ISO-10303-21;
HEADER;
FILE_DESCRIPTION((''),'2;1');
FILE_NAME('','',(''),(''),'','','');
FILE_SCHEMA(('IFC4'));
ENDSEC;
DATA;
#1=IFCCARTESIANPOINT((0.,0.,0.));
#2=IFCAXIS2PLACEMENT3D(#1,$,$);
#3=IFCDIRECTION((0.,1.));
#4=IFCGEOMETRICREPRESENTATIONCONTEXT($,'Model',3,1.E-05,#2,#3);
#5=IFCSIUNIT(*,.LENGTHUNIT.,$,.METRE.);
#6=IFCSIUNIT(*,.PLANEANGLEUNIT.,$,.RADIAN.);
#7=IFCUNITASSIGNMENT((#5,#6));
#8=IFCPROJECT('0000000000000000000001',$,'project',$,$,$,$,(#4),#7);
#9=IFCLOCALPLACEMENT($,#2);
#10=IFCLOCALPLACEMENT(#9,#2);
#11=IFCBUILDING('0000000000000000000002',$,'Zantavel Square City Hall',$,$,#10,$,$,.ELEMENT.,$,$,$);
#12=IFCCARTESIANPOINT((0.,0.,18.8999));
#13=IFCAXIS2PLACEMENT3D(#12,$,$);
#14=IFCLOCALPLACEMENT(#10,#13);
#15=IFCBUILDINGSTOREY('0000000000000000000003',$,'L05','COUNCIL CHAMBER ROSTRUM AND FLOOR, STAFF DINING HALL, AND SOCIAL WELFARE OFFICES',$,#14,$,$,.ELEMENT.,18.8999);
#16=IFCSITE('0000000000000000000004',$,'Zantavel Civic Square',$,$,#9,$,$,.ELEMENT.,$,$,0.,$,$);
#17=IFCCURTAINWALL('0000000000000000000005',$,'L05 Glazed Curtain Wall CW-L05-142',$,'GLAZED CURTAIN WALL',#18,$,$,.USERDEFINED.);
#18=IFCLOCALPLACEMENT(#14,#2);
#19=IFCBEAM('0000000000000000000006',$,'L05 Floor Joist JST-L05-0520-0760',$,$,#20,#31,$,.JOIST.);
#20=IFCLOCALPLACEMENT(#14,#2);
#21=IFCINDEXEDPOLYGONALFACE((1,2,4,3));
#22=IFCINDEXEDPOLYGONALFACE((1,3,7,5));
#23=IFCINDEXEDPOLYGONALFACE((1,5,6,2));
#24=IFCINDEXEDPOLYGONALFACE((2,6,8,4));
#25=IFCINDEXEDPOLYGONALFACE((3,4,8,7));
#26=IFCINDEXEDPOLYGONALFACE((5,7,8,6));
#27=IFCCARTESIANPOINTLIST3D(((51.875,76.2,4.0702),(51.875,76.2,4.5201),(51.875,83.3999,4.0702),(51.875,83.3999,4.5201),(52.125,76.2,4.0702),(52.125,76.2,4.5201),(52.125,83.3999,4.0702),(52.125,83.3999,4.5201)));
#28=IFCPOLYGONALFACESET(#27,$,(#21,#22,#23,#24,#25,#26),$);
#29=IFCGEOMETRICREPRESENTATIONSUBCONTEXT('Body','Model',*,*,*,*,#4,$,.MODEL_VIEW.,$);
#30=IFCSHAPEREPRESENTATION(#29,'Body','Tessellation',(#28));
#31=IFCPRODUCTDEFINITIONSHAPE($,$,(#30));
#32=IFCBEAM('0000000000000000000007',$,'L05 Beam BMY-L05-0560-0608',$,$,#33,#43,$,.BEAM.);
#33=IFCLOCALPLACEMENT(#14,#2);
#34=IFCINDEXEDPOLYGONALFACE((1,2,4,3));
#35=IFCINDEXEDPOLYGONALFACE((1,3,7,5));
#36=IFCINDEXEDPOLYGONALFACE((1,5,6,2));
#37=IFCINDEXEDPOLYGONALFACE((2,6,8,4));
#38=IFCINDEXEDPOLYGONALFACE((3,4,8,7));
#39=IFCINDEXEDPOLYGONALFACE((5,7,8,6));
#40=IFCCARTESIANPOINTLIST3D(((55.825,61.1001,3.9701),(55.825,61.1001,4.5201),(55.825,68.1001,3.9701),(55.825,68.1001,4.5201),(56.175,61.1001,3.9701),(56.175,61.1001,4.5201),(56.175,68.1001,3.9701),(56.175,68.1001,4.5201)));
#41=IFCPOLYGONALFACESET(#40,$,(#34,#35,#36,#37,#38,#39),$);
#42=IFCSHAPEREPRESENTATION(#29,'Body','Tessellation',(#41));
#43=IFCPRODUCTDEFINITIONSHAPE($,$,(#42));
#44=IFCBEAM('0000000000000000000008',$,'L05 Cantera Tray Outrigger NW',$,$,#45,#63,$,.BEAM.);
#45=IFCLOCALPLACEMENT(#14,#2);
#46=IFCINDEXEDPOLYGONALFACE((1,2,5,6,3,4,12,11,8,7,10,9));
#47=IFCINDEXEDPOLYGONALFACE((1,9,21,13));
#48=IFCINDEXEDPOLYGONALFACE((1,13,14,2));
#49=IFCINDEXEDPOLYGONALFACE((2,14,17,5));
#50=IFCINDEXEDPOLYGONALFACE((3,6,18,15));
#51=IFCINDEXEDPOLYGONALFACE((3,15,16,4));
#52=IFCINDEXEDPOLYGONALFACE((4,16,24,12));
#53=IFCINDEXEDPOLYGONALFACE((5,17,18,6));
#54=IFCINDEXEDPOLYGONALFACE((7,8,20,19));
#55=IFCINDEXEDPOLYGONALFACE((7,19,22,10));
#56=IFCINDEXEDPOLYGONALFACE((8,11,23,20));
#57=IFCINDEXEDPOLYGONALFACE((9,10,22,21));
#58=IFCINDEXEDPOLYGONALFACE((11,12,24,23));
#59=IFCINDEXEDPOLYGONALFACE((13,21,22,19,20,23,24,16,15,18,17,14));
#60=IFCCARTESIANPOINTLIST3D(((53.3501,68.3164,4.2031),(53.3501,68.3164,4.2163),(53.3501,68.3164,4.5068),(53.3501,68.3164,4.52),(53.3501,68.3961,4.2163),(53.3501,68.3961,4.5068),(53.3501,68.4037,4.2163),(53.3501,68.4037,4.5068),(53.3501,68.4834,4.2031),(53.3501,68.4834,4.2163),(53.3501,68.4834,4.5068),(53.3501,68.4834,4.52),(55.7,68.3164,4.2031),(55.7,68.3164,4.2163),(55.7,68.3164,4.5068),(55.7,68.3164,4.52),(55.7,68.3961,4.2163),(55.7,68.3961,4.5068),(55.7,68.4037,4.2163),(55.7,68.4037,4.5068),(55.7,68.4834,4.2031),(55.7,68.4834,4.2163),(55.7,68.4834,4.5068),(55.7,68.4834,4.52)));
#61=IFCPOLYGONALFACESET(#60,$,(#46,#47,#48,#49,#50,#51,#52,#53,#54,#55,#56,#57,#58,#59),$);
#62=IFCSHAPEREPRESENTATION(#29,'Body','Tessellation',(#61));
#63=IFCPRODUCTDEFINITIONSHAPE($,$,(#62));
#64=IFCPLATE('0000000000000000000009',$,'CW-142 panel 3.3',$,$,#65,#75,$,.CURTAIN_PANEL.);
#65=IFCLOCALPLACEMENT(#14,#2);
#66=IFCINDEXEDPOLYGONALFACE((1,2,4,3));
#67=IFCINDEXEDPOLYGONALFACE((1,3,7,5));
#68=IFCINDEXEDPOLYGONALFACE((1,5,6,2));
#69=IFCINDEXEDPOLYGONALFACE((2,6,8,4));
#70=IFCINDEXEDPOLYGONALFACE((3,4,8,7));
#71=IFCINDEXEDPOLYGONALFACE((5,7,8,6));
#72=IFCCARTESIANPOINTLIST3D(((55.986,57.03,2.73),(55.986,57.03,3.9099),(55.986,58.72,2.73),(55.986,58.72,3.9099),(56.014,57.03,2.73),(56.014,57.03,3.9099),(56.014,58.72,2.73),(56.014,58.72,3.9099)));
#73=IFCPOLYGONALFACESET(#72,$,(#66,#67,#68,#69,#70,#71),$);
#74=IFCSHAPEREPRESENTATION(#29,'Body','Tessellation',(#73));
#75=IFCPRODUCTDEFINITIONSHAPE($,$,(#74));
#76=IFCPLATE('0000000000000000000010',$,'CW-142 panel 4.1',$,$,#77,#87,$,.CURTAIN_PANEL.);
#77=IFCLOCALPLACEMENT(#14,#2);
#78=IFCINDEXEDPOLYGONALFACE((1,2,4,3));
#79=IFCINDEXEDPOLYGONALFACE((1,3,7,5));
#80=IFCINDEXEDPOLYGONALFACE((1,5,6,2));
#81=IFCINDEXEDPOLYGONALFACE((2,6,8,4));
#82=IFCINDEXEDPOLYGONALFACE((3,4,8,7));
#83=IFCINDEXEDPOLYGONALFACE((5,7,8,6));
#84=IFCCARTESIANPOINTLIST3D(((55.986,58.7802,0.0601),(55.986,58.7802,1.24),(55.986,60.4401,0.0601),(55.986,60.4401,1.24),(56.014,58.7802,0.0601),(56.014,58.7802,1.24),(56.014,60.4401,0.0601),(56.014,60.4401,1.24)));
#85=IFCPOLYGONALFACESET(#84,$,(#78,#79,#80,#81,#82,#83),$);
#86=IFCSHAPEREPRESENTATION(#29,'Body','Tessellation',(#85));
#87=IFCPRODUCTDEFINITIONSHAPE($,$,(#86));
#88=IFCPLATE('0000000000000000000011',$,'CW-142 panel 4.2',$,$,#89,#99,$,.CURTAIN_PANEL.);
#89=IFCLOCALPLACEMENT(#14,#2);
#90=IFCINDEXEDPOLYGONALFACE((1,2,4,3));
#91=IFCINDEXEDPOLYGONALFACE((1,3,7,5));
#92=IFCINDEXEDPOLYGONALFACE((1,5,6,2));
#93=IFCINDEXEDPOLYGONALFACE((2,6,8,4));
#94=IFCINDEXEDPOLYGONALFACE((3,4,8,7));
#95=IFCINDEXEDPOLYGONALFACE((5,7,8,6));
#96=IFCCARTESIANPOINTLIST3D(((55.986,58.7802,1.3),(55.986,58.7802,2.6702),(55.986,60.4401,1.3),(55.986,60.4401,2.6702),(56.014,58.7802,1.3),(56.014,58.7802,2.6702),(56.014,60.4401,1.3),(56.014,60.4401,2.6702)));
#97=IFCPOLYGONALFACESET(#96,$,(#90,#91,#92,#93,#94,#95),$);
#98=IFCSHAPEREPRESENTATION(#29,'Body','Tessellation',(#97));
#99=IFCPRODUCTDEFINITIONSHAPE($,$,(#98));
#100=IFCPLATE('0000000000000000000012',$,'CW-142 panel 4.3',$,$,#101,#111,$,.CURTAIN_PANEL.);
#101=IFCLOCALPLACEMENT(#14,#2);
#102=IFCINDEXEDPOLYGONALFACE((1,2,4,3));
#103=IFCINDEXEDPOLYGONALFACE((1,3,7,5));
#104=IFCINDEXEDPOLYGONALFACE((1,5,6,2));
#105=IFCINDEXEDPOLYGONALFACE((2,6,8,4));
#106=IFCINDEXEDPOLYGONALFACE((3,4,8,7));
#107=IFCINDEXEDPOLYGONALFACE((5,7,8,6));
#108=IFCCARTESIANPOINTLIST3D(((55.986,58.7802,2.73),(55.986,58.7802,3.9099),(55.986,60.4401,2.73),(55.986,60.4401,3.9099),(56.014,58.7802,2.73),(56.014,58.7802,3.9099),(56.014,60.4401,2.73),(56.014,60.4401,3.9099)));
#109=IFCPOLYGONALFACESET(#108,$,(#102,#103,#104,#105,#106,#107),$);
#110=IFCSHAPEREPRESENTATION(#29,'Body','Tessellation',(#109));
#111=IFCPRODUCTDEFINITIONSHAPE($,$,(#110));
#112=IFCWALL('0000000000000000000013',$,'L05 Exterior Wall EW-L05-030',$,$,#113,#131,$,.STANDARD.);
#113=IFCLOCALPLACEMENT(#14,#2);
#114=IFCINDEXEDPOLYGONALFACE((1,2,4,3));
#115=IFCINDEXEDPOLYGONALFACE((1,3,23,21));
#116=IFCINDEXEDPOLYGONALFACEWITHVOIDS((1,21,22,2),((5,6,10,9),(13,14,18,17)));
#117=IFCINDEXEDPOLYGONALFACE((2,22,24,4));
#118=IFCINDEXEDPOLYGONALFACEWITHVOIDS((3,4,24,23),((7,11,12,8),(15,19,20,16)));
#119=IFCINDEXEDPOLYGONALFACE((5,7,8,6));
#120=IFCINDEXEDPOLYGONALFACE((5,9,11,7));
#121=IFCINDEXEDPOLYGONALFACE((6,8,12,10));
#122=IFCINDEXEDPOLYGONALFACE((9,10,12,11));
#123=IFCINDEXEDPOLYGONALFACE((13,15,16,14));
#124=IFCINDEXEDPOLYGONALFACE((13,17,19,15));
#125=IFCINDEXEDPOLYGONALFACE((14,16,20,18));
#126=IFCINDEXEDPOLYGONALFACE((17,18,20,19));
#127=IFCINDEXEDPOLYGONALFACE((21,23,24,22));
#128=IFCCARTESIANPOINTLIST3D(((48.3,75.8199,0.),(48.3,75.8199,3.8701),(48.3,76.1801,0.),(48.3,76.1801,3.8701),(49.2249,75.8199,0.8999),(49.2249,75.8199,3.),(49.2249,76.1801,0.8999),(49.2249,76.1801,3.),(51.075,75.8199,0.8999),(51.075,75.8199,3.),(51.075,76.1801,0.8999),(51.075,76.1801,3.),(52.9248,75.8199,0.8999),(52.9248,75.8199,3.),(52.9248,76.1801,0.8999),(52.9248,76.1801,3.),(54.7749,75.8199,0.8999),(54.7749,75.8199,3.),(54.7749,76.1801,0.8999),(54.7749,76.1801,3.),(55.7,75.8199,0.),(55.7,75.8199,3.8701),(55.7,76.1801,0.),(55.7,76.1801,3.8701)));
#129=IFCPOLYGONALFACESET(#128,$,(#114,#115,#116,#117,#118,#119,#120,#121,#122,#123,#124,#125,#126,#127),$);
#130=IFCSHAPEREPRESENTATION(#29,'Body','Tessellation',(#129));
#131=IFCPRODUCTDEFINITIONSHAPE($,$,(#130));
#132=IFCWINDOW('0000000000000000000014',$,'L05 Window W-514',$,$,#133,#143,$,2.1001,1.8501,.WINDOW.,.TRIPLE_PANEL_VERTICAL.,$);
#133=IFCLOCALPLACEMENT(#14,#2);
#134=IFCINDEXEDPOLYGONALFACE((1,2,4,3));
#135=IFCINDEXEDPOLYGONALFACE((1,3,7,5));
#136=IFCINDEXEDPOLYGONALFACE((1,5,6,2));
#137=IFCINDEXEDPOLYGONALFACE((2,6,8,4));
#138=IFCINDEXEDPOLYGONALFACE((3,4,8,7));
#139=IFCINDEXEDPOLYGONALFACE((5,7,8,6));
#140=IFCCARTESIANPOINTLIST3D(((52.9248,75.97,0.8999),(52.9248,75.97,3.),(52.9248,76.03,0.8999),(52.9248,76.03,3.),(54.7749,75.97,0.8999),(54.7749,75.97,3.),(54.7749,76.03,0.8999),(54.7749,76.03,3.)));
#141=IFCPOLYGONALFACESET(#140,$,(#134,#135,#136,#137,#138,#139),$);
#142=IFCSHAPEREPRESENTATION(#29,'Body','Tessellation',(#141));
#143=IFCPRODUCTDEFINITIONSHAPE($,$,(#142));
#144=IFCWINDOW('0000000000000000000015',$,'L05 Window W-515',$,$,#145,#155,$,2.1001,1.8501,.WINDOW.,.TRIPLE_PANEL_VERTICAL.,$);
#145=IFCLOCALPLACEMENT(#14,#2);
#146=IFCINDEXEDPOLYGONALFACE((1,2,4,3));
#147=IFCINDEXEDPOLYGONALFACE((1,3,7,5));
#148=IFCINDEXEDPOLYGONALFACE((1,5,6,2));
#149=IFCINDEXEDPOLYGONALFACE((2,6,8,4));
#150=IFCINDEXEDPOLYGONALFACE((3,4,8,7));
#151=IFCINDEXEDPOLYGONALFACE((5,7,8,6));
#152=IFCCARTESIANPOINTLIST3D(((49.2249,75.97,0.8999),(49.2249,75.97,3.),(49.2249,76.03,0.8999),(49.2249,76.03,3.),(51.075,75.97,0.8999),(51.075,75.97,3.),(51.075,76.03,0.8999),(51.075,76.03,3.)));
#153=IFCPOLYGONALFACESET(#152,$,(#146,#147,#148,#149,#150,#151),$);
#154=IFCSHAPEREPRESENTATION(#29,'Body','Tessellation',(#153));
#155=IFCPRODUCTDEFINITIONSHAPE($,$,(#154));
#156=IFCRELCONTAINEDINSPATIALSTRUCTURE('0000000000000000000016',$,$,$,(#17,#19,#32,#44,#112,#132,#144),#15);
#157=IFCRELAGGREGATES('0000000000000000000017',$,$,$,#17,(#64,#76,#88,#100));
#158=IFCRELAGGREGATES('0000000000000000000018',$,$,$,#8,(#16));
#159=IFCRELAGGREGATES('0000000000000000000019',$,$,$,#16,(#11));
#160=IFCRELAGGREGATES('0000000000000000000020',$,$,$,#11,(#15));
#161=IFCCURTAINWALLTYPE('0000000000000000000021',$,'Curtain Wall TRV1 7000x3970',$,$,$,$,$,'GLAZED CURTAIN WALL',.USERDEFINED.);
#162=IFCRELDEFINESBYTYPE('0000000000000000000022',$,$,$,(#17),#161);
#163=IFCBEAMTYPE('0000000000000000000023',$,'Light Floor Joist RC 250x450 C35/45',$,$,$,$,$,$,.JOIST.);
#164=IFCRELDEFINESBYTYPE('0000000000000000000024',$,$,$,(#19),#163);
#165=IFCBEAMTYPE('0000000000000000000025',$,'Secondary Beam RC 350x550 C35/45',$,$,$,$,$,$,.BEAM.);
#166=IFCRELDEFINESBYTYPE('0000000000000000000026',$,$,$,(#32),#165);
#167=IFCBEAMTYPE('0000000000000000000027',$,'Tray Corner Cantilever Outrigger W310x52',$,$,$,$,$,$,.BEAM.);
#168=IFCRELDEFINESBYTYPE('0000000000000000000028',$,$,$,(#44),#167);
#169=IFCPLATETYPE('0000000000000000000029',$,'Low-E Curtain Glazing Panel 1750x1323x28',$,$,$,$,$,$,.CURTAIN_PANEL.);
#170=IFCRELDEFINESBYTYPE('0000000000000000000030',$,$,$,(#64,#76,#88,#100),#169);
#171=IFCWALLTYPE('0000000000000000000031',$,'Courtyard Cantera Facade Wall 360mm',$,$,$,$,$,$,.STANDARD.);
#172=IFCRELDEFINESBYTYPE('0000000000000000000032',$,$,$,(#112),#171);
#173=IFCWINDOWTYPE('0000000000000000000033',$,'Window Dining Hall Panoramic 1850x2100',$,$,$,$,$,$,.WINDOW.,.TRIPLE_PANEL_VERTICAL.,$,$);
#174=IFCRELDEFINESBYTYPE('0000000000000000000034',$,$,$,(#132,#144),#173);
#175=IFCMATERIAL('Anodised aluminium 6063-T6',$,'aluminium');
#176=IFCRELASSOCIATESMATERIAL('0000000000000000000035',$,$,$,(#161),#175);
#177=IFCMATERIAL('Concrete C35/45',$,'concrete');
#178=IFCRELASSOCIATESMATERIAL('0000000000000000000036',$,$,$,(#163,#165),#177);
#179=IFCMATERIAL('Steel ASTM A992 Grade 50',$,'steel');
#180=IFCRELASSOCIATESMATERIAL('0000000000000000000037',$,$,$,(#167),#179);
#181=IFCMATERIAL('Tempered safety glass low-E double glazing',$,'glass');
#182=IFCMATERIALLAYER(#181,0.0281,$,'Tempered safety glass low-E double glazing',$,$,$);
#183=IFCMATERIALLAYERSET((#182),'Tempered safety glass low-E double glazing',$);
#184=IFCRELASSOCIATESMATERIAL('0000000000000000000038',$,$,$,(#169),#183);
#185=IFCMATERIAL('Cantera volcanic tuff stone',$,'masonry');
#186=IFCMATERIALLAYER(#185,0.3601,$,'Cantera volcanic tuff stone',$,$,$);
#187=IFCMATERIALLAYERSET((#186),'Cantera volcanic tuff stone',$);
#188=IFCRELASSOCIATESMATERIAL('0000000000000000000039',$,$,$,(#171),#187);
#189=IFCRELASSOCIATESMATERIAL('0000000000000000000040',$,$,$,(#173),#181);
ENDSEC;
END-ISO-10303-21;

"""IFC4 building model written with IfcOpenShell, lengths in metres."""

from ifc_helpers import new_model, si_unit, direction, frame, frame_2d, origin, origin_2d, place, context, subcontext, project, spatial, rectangle, i_section, extrude, material, layer, layer_set, material_profile, profile_set, type_object, element, fill, aggregate, save


model = new_model("IFC4")

# Units and contexts
model_context = context("Model", 3, precision=1e-05, world=origin(), true_north=direction((0.0, 1.0)))
body_context = subcontext(model_context, "Body", "Model", "MODEL_VIEW")
ifc_project = project(units=[si_unit("LENGTHUNIT", "METRE"), si_unit("PLANEANGLEUNIT", "RADIAN")], contexts=[model_context])

# Site, building, storey
site_placement = place(None, origin())
site = spatial("IfcSite", under=ifc_project, at=site_placement, Name="Zantavel Civic Square", CompositionType="ELEMENT", RefElevation=0.0)
building_placement = place(site_placement, origin())
building = spatial("IfcBuilding", under=site, at=building_placement, Name="Zantavel Square City Hall", CompositionType="ELEMENT")
storey_placement = place(building_placement, frame((0.0, 0.0, 18.8999)))
storey = spatial("IfcBuildingStorey", under=building, at=storey_placement, Name="L05", Description="COUNCIL CHAMBER ROSTRUM AND FLOOR, STAFF DINING HALL, AND SOCIAL WELFARE OFFICES", CompositionType="ELEMENT", Elevation=18.8999)

# Curtain wall
ifc_material_1 = material(Name="Anodised aluminium 6063-T6", Category="aluminium")
curtain_wall_type = type_object("IfcCurtainWallType", Name="Curtain Wall TRV1 7000x3970", ElementType="GLAZED CURTAIN WALL", PredefinedType="USERDEFINED", material=ifc_material_1)
curtain_wall_1_placement = place(storey_placement, origin())
curtain_wall_1 = element("IfcCurtainWall", 1, at=curtain_wall_1_placement, inside=storey, type_object=curtain_wall_type, Name="L05 Glazed Curtain Wall CW-L05-142", ObjectType="GLAZED CURTAIN WALL", PredefinedType="USERDEFINED")

# Beams
ifc_material_2 = material(Name="Concrete C35/45", Category="concrete")
ifc_material_profile_1 = material_profile(ifc_material_2, rectangle(XDim=0.25, YDim=0.45, at=origin_2d()), Name="RC 250x450")
ifc_profile_set_1 = profile_set([ifc_material_profile_1], Name="Concrete C35/45")
beam_type_1 = type_object("IfcBeamType", Name="Light Floor Joist RC 250x450 C35/45", PredefinedType="JOIST", material=ifc_profile_set_1)
beam_1_placement = place(storey_placement, frame((52.0, 76.2, 4.2952), z_axis=(0.0, 1.0, 0.0), x_axis=(-1.0, 0.0, 0.0)))
element("IfcBeam", 2, at=beam_1_placement, inside=storey, type_object=beam_type_1, Name="L05 Floor Joist JST-L05-0520-0760", PredefinedType="JOIST", context=body_context, shape_type="SweptSolid", body=[
    extrude(rectangle(XDim=0.25, YDim=0.45, at=origin_2d()), origin(), (0.0, 0.0, 1.0), 7.2),
])
ifc_material_profile_2 = material_profile(ifc_material_2, rectangle(XDim=0.3501, YDim=0.55, at=origin_2d()), Name="RC 350x550")
ifc_profile_set_2 = profile_set([ifc_material_profile_2], Name="Concrete C35/45")
beam_type_2 = type_object("IfcBeamType", Name="Secondary Beam RC 350x550 C35/45", PredefinedType="BEAM", material=ifc_profile_set_2)
beam_2_placement = place(storey_placement, frame((56.0, 61.1001, 4.2451), z_axis=(0.0, 1.0, 0.0), x_axis=(-1.0, 0.0, 0.0)))
element("IfcBeam", 3, at=beam_2_placement, inside=storey, type_object=beam_type_2, Name="L05 Beam BMY-L05-0560-0608", PredefinedType="BEAM", context=body_context, shape_type="SweptSolid", body=[
    extrude(rectangle(XDim=0.3501, YDim=0.55, at=origin_2d()), origin(), (0.0, 0.0, 1.0), 7.0),
])
ifc_material_3 = material(Name="Steel ASTM A992 Grade 50", Category="steel")
ifc_material_profile_3 = material_profile(ifc_material_3, i_section(OverallWidth=0.167, OverallDepth=0.3169, WebThickness=0.0076, FlangeThickness=0.0132, at=origin_2d()), Name="W310x52")
ifc_profile_set_3 = profile_set([ifc_material_profile_3], Name="Steel ASTM A992 Grade 50")
beam_type_3 = type_object("IfcBeamType", Name="Tray Corner Cantilever Outrigger W310x52", PredefinedType="BEAM", material=ifc_profile_set_3)
beam_3_placement = place(storey_placement, frame((55.7, 68.3999, 4.3616), z_axis=(-1.0, 0.0, 0.0), x_axis=(0.0, -1.0, 0.0)))
element("IfcBeam", 4, at=beam_3_placement, inside=storey, type_object=beam_type_3, Name="L05 Cantera Tray Outrigger NW", PredefinedType="BEAM", context=body_context, shape_type="SweptSolid", body=[
    extrude(i_section(OverallWidth=0.167, OverallDepth=0.3169, WebThickness=0.0076, FlangeThickness=0.0132, at=origin_2d()), origin(), (0.0, 0.0, 1.0), 2.3499),
])

# Plates
ifc_material_4 = material(Name="Tempered safety glass low-E double glazing", Category="glass")
ifc_layer_1 = layer(ifc_material_4, 0.0281, Name="Tempered safety glass low-E double glazing")
ifc_layer_set_1 = layer_set([ifc_layer_1], Name="Tempered safety glass low-E double glazing")
plate_type = type_object("IfcPlateType", Name="Low-E Curtain Glazing Panel 1750x1323x28", PredefinedType="CURTAIN_PANEL", material=ifc_layer_set_1)
plate_1_placement = place(storey_placement, frame((56.0, 57.875, 2.73), z_axis=(0.0, 0.0, 1.0), x_axis=(0.0, 1.0, 0.0)))
plate_1 = element("IfcPlate", 5, at=plate_1_placement, type_object=plate_type, Name="CW-142 panel 3.3", PredefinedType="CURTAIN_PANEL", context=body_context, shape_type="SweptSolid", body=[
    extrude(rectangle(XDim=1.6899, YDim=0.0281, at=origin_2d()), origin(), (0.0, 0.0, 1.0), 1.1799),
])
plate_2_placement = place(storey_placement, frame((56.0, 59.6101, 0.0601), z_axis=(0.0, 0.0, 1.0), x_axis=(0.0, 1.0, 0.0)))
plate_2 = element("IfcPlate", 6, at=plate_2_placement, type_object=plate_type, Name="CW-142 panel 4.1", PredefinedType="CURTAIN_PANEL", context=body_context, shape_type="SweptSolid", body=[
    extrude(rectangle(XDim=1.6599, YDim=0.0281, at=origin_2d()), origin(), (0.0, 0.0, 1.0), 1.1799),
])
plate_3_placement = place(storey_placement, frame((56.0, 59.6101, 1.3), z_axis=(0.0, 0.0, 1.0), x_axis=(0.0, 1.0, 0.0)))
plate_3 = element("IfcPlate", 7, at=plate_3_placement, type_object=plate_type, Name="CW-142 panel 4.2", PredefinedType="CURTAIN_PANEL", context=body_context, shape_type="SweptSolid", body=[
    extrude(rectangle(XDim=1.6599, YDim=0.0281, at=origin_2d()), origin(), (0.0, 0.0, 1.0), 1.3701),
])
plate_4_placement = place(storey_placement, frame((56.0, 59.6101, 2.73), z_axis=(0.0, 0.0, 1.0), x_axis=(0.0, 1.0, 0.0)))
plate_4 = element("IfcPlate", 8, at=plate_4_placement, type_object=plate_type, Name="CW-142 panel 4.3", PredefinedType="CURTAIN_PANEL", context=body_context, shape_type="SweptSolid", body=[
    extrude(rectangle(XDim=1.6599, YDim=0.0281, at=origin_2d()), origin(), (0.0, 0.0, 1.0), 1.1799),
])
aggregate(curtain_wall_1, [plate_1, plate_2, plate_3, plate_4])

# Wall, openings, windows
ifc_material_5 = material(Name="Cantera volcanic tuff stone", Category="masonry")
ifc_layer_2 = layer(ifc_material_5, 0.3601, Name="Cantera volcanic tuff stone")
ifc_layer_set_2 = layer_set([ifc_layer_2], Name="Cantera volcanic tuff stone")
wall_type_1 = type_object("IfcWallType", Name="Courtyard Cantera Facade Wall 360mm", PredefinedType="STANDARD", material=ifc_layer_set_2)
wall_1_placement = place(storey_placement, frame((55.7, 76.0, 0.0), z_axis=(0.0, 0.0, 1.0), x_axis=(-1.0, 0.0, 0.0)))
wall_1 = element("IfcWall", 9, at=wall_1_placement, inside=storey, type_object=wall_type_1, Name="L05 Exterior Wall EW-L05-030", PredefinedType="STANDARD", context=body_context, shape_type="SweptSolid", body=[
    extrude(rectangle(XDim=7.3999, YDim=0.3601, at=frame_2d((3.7, 0.0))), origin(), (0.0, 0.0, 1.0), 3.8701),
])
opening_1_placement = place(wall_1_placement, frame((0.925, 0.0, 0.8999)))
opening_1 = element("IfcOpeningElement", 10, at=opening_1_placement, cuts=wall_1, PredefinedType="OPENING", context=body_context, shape_type="SweptSolid", body=[
    extrude(rectangle(XDim=1.8501, YDim=2.1001, at=frame_2d((0.925, 1.05))), frame((0.0, 0.1899, 0.0), z_axis=(0.0, -1.0, 0.0), x_axis=(1.0, 0.0, 0.0)), (0.0, 0.0, 1.0), 0.3801),
])
opening_2_placement = place(wall_1_placement, frame((4.625, 0.0, 0.8999)))
opening_2 = element("IfcOpeningElement", 11, at=opening_2_placement, cuts=wall_1, PredefinedType="OPENING", context=body_context, shape_type="SweptSolid", body=[
    extrude(rectangle(XDim=1.8501, YDim=2.1001, at=frame_2d((0.925, 1.05))), frame((0.0, 0.1899, 0.0), z_axis=(0.0, -1.0, 0.0), x_axis=(1.0, 0.0, 0.0)), (0.0, 0.0, 1.0), 0.3801),
])
window_type = type_object("IfcWindowType", Name="Window Dining Hall Panoramic 1850x2100", PartitioningType="TRIPLE_PANEL_VERTICAL", PredefinedType="WINDOW", material=ifc_material_4)
window_1_placement = place(opening_1_placement, origin())
window_1 = element("IfcWindow", 12, at=window_1_placement, inside=storey, type_object=window_type, Name="L05 Window W-514", OverallHeight=2.1001, OverallWidth=1.8501, PartitioningType="TRIPLE_PANEL_VERTICAL", PredefinedType="WINDOW", context=body_context, shape_type="SweptSolid", body=[
    extrude(rectangle(XDim=1.8501, YDim=2.1001, at=frame_2d((0.925, 1.05))), frame((0.0, 0.03, 0.0), z_axis=(0.0, -1.0, 0.0), x_axis=(1.0, 0.0, 0.0)), (0.0, 0.0, 1.0), 0.0601),
])
fill(opening_1, window_1)
window_2_placement = place(opening_2_placement, origin())
window_2 = element("IfcWindow", 13, at=window_2_placement, inside=storey, type_object=window_type, Name="L05 Window W-515", OverallHeight=2.1001, OverallWidth=1.8501, PartitioningType="TRIPLE_PANEL_VERTICAL", PredefinedType="WINDOW", context=body_context, shape_type="SweptSolid", body=[
    extrude(rectangle(XDim=1.8501, YDim=2.1001, at=frame_2d((0.925, 1.05))), frame((0.0, 0.03, 0.0), z_axis=(0.0, -1.0, 0.0), x_axis=(1.0, 0.0, 0.0)), (0.0, 0.0, 1.0), 0.0601),
])
fill(opening_2, window_2)

save(model, "model.ifc")
